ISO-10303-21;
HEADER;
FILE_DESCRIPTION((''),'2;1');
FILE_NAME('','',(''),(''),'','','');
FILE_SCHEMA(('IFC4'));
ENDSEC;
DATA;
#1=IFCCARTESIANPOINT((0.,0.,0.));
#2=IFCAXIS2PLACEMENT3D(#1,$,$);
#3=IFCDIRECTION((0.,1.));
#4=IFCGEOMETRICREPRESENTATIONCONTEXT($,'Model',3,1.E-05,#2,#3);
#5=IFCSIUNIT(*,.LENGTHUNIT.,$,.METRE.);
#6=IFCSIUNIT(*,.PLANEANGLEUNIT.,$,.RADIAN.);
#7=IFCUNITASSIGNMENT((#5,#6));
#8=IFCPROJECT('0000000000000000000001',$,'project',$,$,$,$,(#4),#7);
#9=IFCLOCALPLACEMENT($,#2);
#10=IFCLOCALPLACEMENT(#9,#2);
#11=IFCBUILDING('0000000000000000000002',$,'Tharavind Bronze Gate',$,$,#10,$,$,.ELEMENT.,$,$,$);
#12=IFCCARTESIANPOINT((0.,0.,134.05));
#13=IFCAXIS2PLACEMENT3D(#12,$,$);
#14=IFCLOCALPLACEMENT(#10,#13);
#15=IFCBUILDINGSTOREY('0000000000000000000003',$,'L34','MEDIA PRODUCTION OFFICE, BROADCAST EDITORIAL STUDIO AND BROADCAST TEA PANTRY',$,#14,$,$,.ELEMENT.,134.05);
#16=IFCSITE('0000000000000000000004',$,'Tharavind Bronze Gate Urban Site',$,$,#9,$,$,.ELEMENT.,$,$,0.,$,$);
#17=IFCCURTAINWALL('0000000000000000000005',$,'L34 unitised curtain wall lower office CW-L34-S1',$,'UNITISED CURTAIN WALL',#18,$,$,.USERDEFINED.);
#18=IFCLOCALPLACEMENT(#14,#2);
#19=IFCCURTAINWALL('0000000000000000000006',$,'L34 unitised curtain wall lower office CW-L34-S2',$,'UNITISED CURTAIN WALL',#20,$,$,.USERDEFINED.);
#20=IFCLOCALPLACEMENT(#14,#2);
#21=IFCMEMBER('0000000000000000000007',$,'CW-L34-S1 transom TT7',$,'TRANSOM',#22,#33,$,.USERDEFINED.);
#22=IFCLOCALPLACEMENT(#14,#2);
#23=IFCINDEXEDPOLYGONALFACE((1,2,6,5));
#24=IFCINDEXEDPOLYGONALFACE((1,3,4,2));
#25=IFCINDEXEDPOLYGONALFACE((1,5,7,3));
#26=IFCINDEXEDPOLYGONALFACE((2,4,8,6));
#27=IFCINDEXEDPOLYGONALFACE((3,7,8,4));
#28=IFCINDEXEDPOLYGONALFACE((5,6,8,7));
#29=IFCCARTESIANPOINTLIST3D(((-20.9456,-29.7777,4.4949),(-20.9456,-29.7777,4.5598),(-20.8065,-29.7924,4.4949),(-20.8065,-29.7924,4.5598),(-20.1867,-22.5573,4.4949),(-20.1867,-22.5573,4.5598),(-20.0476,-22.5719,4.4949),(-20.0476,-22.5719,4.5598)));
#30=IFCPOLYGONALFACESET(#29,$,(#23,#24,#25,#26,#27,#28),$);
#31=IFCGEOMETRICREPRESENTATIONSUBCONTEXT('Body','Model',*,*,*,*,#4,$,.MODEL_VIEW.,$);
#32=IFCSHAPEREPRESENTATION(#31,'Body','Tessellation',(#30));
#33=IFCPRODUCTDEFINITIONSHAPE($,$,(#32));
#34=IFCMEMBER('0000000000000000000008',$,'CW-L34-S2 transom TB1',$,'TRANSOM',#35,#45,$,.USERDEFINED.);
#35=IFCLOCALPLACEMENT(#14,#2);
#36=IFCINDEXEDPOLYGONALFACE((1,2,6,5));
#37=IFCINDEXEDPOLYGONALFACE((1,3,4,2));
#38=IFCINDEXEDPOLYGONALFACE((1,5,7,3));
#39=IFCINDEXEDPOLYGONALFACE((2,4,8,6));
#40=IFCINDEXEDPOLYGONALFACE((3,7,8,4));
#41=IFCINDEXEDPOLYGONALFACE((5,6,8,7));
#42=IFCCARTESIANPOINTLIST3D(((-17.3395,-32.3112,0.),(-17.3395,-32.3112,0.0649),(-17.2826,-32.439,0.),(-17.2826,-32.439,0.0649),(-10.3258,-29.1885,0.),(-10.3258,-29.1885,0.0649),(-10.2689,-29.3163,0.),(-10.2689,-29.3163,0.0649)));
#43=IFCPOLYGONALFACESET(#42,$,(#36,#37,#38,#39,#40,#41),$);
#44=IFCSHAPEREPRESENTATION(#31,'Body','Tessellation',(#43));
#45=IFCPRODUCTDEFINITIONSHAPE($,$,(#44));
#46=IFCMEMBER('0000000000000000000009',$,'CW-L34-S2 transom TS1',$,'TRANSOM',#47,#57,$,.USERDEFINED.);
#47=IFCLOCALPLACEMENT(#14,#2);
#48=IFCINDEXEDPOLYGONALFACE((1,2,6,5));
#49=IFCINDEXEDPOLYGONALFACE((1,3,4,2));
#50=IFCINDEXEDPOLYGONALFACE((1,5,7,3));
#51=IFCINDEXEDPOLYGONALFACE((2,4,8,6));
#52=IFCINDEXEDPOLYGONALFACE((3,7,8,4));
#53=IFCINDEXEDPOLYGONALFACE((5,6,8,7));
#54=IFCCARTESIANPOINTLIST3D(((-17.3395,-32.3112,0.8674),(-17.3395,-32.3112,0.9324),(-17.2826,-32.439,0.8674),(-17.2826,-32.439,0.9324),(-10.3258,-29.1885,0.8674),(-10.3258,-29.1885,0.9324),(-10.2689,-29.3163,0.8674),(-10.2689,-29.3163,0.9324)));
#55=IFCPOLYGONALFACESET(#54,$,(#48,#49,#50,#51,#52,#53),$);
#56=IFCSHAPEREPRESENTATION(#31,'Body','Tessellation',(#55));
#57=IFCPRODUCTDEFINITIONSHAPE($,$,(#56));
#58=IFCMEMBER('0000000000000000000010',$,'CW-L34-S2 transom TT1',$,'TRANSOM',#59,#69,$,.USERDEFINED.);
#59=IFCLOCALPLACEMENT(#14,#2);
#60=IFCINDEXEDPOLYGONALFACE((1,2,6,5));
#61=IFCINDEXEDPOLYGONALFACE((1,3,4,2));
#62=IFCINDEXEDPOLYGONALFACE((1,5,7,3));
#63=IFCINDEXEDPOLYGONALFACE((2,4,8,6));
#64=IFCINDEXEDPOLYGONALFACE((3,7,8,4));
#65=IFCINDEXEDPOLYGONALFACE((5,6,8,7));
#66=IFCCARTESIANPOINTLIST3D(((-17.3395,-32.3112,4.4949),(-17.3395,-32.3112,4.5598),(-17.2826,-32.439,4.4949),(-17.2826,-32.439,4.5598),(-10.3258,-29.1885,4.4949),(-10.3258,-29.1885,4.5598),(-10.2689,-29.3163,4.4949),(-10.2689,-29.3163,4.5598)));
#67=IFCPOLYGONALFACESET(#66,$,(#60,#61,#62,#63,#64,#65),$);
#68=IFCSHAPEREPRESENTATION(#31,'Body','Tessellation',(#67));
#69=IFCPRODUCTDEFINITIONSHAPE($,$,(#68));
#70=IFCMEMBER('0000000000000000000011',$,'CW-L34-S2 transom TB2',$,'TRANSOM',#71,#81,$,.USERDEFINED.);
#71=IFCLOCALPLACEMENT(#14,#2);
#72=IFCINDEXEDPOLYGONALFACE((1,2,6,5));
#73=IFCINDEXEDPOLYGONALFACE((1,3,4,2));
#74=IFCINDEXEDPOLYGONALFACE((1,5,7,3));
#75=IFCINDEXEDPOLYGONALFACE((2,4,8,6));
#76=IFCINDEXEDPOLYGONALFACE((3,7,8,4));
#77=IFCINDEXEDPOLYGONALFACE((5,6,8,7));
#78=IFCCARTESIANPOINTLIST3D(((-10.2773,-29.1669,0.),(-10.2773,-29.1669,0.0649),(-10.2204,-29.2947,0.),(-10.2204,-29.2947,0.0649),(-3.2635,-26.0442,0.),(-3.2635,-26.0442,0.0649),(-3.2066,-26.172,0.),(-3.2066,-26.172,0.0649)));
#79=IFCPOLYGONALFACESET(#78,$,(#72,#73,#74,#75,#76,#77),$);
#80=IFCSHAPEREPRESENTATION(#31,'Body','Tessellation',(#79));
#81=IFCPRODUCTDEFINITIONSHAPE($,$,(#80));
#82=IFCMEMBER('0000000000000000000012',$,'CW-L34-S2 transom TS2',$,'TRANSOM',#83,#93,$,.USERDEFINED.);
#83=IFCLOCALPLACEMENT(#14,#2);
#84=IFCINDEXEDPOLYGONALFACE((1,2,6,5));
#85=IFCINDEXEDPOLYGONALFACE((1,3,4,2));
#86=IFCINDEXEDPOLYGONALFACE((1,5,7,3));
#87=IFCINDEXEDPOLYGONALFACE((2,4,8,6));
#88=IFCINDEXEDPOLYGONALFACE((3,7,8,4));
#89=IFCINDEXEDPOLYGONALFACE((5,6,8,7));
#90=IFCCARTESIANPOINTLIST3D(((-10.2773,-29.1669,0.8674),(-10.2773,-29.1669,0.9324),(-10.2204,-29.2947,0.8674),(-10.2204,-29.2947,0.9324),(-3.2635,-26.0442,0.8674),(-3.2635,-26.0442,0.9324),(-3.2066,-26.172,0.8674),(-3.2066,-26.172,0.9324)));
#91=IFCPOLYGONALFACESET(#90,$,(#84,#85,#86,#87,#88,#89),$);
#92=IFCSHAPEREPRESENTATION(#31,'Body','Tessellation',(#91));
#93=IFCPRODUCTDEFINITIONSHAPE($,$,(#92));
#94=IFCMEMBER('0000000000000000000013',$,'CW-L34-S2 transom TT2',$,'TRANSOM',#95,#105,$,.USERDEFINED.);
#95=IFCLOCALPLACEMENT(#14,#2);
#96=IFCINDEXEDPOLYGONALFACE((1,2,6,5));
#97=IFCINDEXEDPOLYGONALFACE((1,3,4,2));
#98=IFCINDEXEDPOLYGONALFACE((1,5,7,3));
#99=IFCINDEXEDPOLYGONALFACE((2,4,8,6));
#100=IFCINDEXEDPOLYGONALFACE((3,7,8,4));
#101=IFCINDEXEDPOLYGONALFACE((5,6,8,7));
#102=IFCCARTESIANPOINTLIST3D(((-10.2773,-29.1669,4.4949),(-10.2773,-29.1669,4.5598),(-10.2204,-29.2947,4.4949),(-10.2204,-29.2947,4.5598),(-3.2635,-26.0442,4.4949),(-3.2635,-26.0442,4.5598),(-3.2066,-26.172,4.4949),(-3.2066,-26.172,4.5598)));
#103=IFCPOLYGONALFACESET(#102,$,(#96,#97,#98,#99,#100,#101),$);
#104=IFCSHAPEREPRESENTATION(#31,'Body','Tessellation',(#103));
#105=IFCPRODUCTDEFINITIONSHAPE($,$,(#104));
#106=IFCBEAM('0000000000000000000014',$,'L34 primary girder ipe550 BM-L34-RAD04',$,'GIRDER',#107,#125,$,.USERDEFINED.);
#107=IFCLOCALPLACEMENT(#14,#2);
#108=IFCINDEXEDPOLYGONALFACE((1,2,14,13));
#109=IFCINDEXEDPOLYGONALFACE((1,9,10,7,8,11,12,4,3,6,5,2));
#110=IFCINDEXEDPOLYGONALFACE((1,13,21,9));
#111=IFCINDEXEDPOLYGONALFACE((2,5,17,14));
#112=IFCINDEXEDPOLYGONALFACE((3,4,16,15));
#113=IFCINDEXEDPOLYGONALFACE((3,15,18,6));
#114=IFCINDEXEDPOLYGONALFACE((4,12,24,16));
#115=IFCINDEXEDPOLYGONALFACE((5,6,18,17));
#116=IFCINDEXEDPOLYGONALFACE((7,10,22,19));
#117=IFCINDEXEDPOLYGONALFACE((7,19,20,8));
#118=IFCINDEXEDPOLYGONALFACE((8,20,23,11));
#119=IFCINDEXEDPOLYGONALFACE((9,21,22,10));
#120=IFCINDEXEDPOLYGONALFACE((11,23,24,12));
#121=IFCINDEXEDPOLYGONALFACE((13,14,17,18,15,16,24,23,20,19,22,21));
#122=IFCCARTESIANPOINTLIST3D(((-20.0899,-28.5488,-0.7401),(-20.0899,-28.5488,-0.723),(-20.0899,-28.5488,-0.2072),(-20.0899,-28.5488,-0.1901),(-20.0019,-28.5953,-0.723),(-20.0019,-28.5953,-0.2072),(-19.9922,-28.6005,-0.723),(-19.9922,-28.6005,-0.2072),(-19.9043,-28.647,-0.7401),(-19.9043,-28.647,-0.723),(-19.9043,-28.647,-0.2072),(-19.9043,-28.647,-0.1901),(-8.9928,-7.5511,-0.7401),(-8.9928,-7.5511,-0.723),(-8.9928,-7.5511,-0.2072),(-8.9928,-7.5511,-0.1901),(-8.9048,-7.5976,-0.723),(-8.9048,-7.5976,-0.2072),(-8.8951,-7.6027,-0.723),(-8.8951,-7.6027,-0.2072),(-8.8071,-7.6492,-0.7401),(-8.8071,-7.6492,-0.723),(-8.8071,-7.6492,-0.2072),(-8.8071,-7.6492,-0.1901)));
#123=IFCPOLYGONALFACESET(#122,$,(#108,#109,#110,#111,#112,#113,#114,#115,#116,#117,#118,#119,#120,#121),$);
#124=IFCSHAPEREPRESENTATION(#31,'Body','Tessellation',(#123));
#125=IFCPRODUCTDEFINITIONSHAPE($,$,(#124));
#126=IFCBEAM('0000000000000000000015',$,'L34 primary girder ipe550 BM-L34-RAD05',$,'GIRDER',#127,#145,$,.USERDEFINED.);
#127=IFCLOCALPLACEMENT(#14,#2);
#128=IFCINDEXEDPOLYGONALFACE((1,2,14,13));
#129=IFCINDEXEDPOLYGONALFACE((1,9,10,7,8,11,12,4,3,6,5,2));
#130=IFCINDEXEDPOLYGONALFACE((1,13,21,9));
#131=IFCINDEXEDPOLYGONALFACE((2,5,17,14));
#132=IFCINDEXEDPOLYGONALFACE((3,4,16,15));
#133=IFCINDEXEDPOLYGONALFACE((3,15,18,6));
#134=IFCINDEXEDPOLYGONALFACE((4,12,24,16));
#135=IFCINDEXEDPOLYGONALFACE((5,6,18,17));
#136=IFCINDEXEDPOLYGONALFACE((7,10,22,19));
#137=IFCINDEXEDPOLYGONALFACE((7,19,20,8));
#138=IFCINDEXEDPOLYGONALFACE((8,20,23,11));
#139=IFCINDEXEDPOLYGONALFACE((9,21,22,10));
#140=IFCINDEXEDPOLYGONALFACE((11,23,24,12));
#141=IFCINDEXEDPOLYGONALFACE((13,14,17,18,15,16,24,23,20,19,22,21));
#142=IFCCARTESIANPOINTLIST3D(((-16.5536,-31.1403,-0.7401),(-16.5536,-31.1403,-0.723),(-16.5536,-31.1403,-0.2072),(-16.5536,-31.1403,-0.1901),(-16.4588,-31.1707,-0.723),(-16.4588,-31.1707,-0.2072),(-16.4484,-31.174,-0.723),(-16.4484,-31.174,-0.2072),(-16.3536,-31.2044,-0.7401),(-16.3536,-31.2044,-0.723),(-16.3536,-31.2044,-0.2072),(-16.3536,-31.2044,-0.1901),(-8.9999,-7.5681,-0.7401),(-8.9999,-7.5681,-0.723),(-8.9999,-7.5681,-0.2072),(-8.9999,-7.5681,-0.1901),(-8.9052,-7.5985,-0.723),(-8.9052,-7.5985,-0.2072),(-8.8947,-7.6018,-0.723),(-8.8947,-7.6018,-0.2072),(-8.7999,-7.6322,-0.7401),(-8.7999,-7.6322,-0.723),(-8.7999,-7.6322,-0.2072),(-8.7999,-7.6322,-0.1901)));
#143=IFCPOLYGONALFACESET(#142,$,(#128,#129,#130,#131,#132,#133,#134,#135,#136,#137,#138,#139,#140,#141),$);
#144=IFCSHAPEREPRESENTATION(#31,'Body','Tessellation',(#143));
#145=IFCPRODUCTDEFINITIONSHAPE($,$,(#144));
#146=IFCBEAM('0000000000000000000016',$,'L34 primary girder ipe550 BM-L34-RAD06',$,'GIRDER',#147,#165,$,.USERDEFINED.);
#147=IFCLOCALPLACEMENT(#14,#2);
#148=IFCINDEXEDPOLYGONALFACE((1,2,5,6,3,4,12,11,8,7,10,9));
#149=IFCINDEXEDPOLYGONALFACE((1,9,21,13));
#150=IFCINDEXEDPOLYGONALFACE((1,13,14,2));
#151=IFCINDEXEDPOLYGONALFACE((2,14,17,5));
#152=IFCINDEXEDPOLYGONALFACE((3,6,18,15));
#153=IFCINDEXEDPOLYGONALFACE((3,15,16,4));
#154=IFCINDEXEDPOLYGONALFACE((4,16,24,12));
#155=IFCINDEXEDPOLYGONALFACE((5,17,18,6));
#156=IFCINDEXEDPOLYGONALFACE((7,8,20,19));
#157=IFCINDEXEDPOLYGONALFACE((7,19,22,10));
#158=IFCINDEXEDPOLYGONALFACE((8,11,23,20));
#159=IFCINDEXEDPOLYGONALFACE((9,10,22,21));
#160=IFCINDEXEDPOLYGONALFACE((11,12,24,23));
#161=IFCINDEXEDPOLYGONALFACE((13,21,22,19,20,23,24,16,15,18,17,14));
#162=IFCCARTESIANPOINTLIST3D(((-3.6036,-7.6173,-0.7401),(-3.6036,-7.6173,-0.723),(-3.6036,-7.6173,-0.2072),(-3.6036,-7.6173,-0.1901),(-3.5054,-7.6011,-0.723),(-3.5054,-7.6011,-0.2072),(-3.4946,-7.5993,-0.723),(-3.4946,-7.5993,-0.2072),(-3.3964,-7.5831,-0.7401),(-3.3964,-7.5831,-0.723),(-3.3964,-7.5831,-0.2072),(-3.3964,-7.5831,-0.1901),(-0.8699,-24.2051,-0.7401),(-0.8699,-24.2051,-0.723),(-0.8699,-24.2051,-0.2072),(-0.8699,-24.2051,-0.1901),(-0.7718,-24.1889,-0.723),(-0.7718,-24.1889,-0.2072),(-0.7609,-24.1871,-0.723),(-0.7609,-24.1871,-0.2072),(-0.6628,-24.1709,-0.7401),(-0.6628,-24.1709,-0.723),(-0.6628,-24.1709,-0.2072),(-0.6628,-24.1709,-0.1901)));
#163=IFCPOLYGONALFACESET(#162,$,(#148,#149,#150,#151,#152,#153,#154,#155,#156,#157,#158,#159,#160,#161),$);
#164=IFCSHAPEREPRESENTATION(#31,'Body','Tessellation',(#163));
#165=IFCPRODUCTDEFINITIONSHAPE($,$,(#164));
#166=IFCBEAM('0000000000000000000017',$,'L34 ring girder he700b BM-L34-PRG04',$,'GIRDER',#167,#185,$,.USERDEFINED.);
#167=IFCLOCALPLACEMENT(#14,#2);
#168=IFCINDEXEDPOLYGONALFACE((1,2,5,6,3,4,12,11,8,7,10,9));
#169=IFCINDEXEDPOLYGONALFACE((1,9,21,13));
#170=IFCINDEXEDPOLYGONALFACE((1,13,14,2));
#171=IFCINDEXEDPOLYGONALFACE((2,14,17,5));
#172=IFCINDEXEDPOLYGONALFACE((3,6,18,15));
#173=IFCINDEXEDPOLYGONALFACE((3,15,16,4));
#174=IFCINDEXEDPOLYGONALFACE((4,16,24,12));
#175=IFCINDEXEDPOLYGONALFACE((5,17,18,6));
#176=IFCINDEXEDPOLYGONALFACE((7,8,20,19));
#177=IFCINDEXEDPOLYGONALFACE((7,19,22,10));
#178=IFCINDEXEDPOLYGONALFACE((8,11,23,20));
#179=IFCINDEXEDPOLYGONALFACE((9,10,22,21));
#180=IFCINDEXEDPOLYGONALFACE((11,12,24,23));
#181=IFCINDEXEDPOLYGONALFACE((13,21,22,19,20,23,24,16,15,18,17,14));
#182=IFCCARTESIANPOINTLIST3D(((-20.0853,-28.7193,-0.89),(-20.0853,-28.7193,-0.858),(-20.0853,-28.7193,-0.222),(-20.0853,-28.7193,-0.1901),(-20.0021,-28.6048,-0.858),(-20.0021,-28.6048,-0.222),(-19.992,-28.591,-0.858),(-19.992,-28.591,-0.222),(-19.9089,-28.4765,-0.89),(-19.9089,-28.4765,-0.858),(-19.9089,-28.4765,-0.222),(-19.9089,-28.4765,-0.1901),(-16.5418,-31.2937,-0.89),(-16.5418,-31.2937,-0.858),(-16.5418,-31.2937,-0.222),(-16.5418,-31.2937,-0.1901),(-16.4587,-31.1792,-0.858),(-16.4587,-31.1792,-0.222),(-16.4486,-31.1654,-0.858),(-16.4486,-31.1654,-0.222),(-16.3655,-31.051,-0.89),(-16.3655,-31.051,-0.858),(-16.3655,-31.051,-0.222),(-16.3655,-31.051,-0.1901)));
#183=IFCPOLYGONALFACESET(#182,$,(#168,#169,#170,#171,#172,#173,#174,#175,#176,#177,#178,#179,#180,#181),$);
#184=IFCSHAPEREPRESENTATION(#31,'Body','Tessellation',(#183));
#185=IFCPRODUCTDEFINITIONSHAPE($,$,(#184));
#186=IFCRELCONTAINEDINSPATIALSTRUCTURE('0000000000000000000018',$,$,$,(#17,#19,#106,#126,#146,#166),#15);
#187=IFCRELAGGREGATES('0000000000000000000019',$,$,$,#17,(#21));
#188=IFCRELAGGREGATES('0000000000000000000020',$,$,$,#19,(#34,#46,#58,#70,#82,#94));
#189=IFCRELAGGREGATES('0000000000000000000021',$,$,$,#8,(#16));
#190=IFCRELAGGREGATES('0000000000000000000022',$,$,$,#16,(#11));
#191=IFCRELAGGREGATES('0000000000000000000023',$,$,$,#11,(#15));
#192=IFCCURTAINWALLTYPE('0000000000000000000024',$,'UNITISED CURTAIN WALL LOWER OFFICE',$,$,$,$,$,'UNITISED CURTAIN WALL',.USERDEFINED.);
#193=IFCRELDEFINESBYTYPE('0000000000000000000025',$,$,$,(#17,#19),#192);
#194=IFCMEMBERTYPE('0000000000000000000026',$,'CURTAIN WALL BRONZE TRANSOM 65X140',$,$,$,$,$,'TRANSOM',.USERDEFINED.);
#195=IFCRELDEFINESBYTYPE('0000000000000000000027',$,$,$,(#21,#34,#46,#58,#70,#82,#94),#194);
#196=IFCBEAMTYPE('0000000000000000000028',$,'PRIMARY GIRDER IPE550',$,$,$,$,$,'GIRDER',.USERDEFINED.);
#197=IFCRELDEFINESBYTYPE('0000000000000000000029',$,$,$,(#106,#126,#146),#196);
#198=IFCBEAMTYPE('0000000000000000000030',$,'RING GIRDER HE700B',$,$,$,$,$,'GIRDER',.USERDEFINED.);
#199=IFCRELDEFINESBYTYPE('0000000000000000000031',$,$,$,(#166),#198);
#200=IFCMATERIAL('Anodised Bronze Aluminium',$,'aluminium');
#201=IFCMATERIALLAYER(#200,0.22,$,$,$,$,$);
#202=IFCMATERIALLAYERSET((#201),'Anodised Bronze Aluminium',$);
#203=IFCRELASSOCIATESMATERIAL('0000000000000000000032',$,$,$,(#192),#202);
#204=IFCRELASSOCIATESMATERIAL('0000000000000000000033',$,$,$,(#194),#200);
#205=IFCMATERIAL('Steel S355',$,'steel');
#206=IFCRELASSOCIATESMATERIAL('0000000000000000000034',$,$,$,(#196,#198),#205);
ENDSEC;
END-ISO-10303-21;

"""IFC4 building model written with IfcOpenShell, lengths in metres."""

from ifc_helpers import new_model, si_unit, direction, frame, origin, origin_2d, place, context, subcontext, project, spatial, rectangle, i_section, extrude, material, layer, layer_set, material_profile, profile_set, type_object, element, aggregate, save


model = new_model("IFC4")

# Units and contexts
model_context = context("Model", 3, precision=1e-05, world=origin(), true_north=direction((0.0, 1.0)))
body_context = subcontext(model_context, "Body", "Model", "MODEL_VIEW")
ifc_project = project(units=[si_unit("LENGTHUNIT", "METRE"), si_unit("PLANEANGLEUNIT", "RADIAN")], contexts=[model_context])

# Site, building, storey
site_placement = place(None, origin())
site = spatial("IfcSite", under=ifc_project, at=site_placement, Name="Tharavind Bronze Gate Urban Site", CompositionType="ELEMENT", RefElevation=0.0)
building_placement = place(site_placement, origin())
building = spatial("IfcBuilding", under=site, at=building_placement, Name="Tharavind Bronze Gate", CompositionType="ELEMENT")
storey_placement = place(building_placement, frame((0.0, 0.0, 134.05)))
storey = spatial("IfcBuildingStorey", under=building, at=storey_placement, Name="L34", Description="MEDIA PRODUCTION OFFICE, BROADCAST EDITORIAL STUDIO AND BROADCAST TEA PANTRY", CompositionType="ELEMENT", Elevation=134.05)

# Curtain walls
ifc_material_1 = material(Name="Anodised Bronze Aluminium", Category="aluminium")
ifc_layer_1 = layer(ifc_material_1, 0.22)
ifc_layer_set_1 = layer_set([ifc_layer_1], Name="Anodised Bronze Aluminium")
curtain_wall_type = type_object("IfcCurtainWallType", Name="UNITISED CURTAIN WALL LOWER OFFICE", ElementType="UNITISED CURTAIN WALL", PredefinedType="USERDEFINED", material=ifc_layer_set_1)
curtain_wall_1_placement = place(storey_placement, origin())
curtain_wall_1 = element("IfcCurtainWall", 1, at=curtain_wall_1_placement, inside=storey, type_object=curtain_wall_type, Name="L34 unitised curtain wall lower office CW-L34-S1", ObjectType="UNITISED CURTAIN WALL", PredefinedType="USERDEFINED")
curtain_wall_2_placement = place(storey_placement, origin())
curtain_wall_2 = element("IfcCurtainWall", 2, at=curtain_wall_2_placement, inside=storey, type_object=curtain_wall_type, Name="L34 unitised curtain wall lower office CW-L34-S2", ObjectType="UNITISED CURTAIN WALL", PredefinedType="USERDEFINED")

# Members
member_type_1 = type_object("IfcMemberType", Name="CURTAIN WALL BRONZE TRANSOM 65X140", ElementType="TRANSOM", PredefinedType="USERDEFINED", material=ifc_material_1)
member_1_placement = place(storey_placement, frame((-20.4966, -26.1748, 4.4949), z_axis=(0.0, 0.0, 1.0), x_axis=(-0.104527, -0.994522, 0.0)))
member_1 = element("IfcMember", 3, at=member_1_placement, type_object=member_type_1, Name="CW-L34-S1 transom TT7", ObjectType="TRANSOM", PredefinedType="USERDEFINED", context=body_context, shape_type="SweptSolid", body=[
    extrude(rectangle(XDim=7.2603, YDim=0.1399, at=origin_2d()), origin(), (0.0, 0.0, 1.0), 0.0649),
])
member_2_placement = place(storey_placement, frame((-13.8042, -30.8137, 0.0), z_axis=(0.0, 0.0, 1.0), x_axis=(0.913545, 0.406737, 0.0)))
member_2 = element("IfcMember", 4, at=member_2_placement, type_object=member_type_1, Name="CW-L34-S2 transom TB1", ObjectType="TRANSOM", PredefinedType="USERDEFINED", context=body_context, shape_type="SweptSolid", body=[
    extrude(rectangle(XDim=7.6775, YDim=0.1399, at=origin_2d()), origin(), (0.0, 0.0, 1.0), 0.0649),
])
member_3_placement = place(storey_placement, frame((-13.8042, -30.8137, 0.8674), z_axis=(0.0, 0.0, 1.0), x_axis=(0.913545, 0.406737, 0.0)))
member_3 = element("IfcMember", 5, at=member_3_placement, type_object=member_type_1, Name="CW-L34-S2 transom TS1", ObjectType="TRANSOM", PredefinedType="USERDEFINED", context=body_context, shape_type="SweptSolid", body=[
    extrude(rectangle(XDim=7.6775, YDim=0.1399, at=origin_2d()), origin(), (0.0, 0.0, 1.0), 0.0649),
])
member_4_placement = place(storey_placement, frame((-13.8042, -30.8137, 4.4949), z_axis=(0.0, 0.0, 1.0), x_axis=(0.913545, 0.406737, 0.0)))
member_4 = element("IfcMember", 6, at=member_4_placement, type_object=member_type_1, Name="CW-L34-S2 transom TT1", ObjectType="TRANSOM", PredefinedType="USERDEFINED", context=body_context, shape_type="SweptSolid", body=[
    extrude(rectangle(XDim=7.6775, YDim=0.1399, at=origin_2d()), origin(), (0.0, 0.0, 1.0), 0.0649),
])
member_5_placement = place(storey_placement, frame((-6.7419, -27.6694, 0.0), z_axis=(0.0, 0.0, 1.0), x_axis=(0.913545, 0.406737, 0.0)))
member_5 = element("IfcMember", 7, at=member_5_placement, type_object=member_type_1, Name="CW-L34-S2 transom TB2", ObjectType="TRANSOM", PredefinedType="USERDEFINED", context=body_context, shape_type="SweptSolid", body=[
    extrude(rectangle(XDim=7.6775, YDim=0.1399, at=origin_2d()), origin(), (0.0, 0.0, 1.0), 0.0649),
])
member_6_placement = place(storey_placement, frame((-6.7419, -27.6694, 0.8674), z_axis=(0.0, 0.0, 1.0), x_axis=(0.913545, 0.406737, 0.0)))
member_6 = element("IfcMember", 8, at=member_6_placement, type_object=member_type_1, Name="CW-L34-S2 transom TS2", ObjectType="TRANSOM", PredefinedType="USERDEFINED", context=body_context, shape_type="SweptSolid", body=[
    extrude(rectangle(XDim=7.6775, YDim=0.1399, at=origin_2d()), origin(), (0.0, 0.0, 1.0), 0.0649),
])
member_7_placement = place(storey_placement, frame((-6.7419, -27.6694, 4.4949), z_axis=(0.0, 0.0, 1.0), x_axis=(0.913545, 0.406737, 0.0)))
member_7 = element("IfcMember", 9, at=member_7_placement, type_object=member_type_1, Name="CW-L34-S2 transom TT2", ObjectType="TRANSOM", PredefinedType="USERDEFINED", context=body_context, shape_type="SweptSolid", body=[
    extrude(rectangle(XDim=7.6775, YDim=0.1399, at=origin_2d()), origin(), (0.0, 0.0, 1.0), 0.0649),
])

# Beams
ifc_material_2 = material(Name="Steel S355", Category="steel")
ifc_material_profile_1 = material_profile(ifc_material_2, i_section(OverallWidth=0.21, OverallDepth=0.55, WebThickness=0.011, FlangeThickness=0.0171, at=origin_2d()), Name="IPE550")
ifc_profile_set_1 = profile_set([ifc_material_profile_1], Name="Steel S355")
beam_type_1 = type_object("IfcBeamType", Name="PRIMARY GIRDER IPE550", ElementType="GIRDER", PredefinedType="USERDEFINED", material=ifc_profile_set_1)
beam_1_placement = place(storey_placement, frame((-19.9971, -28.5979, -0.4651), z_axis=(0.467252, 0.884124, 0.0), x_axis=(-0.884124, 0.467252, 0.0)))
element("IfcBeam", 10, at=beam_1_placement, inside=storey, type_object=beam_type_1, Name="L34 primary girder ipe550 BM-L34-RAD04", ObjectType="GIRDER", PredefinedType="USERDEFINED", context=body_context, shape_type="SweptSolid", body=[
    extrude(i_section(OverallWidth=0.21, OverallDepth=0.55, WebThickness=0.011, FlangeThickness=0.0171, at=origin_2d()), origin(), (0.0, 0.0, 1.0), 23.7498),
])
beam_2_placement = place(storey_placement, frame((-16.4536, -31.1724, -0.4651), z_axis=(0.305164, 0.9523, 0.0), x_axis=(-0.9523, 0.305164, 0.0)))
element("IfcBeam", 11, at=beam_2_placement, inside=storey, type_object=beam_type_1, Name="L34 primary girder ipe550 BM-L34-RAD05", ObjectType="GIRDER", PredefinedType="USERDEFINED", context=body_context, shape_type="SweptSolid", body=[
    extrude(i_section(OverallWidth=0.21, OverallDepth=0.55, WebThickness=0.011, FlangeThickness=0.0171, at=origin_2d()), origin(), (0.0, 0.0, 1.0), 24.7529),
])
beam_3_placement = place(storey_placement, frame((-0.7664, -24.188, -0.4651), z_axis=(-0.162604, 0.986691, 0.0), x_axis=(-0.986691, -0.162604, 0.0)))
element("IfcBeam", 12, at=beam_3_placement, inside=storey, type_object=beam_type_1, Name="L34 primary girder ipe550 BM-L34-RAD06", ObjectType="GIRDER", PredefinedType="USERDEFINED", context=body_context, shape_type="SweptSolid", body=[
    extrude(i_section(OverallWidth=0.21, OverallDepth=0.55, WebThickness=0.011, FlangeThickness=0.0171, at=origin_2d()), origin(), (0.0, 0.0, 1.0), 16.8115),
])
ifc_material_profile_2 = material_profile(ifc_material_2, i_section(OverallWidth=0.3, OverallDepth=0.7, WebThickness=0.0171, FlangeThickness=0.032, at=origin_2d()), Name="HE700B")
ifc_profile_set_2 = profile_set([ifc_material_profile_2], Name="Steel S355")
beam_type_2 = type_object("IfcBeamType", Name="RING GIRDER HE700B", ElementType="GIRDER", PredefinedType="USERDEFINED", material=ifc_profile_set_2)
beam_4_placement = place(storey_placement, frame((-19.9971, -28.5979, -0.54), z_axis=(0.809018, -0.587784, 0.0), x_axis=(0.587784, 0.809018, 0.0)))
element("IfcBeam", 13, at=beam_4_placement, inside=storey, type_object=beam_type_2, Name="L34 ring girder he700b BM-L34-PRG04", ObjectType="GIRDER", PredefinedType="USERDEFINED", context=body_context, shape_type="SweptSolid", body=[
    extrude(i_section(OverallWidth=0.3, OverallDepth=0.7, WebThickness=0.0171, FlangeThickness=0.032, at=origin_2d()), origin(), (0.0, 0.0, 1.0), 4.3799),
])

aggregate(curtain_wall_1, [member_1])
aggregate(curtain_wall_2, [member_2, member_3, member_4, member_5, member_6, member_7])

save(model, "model.ifc")
